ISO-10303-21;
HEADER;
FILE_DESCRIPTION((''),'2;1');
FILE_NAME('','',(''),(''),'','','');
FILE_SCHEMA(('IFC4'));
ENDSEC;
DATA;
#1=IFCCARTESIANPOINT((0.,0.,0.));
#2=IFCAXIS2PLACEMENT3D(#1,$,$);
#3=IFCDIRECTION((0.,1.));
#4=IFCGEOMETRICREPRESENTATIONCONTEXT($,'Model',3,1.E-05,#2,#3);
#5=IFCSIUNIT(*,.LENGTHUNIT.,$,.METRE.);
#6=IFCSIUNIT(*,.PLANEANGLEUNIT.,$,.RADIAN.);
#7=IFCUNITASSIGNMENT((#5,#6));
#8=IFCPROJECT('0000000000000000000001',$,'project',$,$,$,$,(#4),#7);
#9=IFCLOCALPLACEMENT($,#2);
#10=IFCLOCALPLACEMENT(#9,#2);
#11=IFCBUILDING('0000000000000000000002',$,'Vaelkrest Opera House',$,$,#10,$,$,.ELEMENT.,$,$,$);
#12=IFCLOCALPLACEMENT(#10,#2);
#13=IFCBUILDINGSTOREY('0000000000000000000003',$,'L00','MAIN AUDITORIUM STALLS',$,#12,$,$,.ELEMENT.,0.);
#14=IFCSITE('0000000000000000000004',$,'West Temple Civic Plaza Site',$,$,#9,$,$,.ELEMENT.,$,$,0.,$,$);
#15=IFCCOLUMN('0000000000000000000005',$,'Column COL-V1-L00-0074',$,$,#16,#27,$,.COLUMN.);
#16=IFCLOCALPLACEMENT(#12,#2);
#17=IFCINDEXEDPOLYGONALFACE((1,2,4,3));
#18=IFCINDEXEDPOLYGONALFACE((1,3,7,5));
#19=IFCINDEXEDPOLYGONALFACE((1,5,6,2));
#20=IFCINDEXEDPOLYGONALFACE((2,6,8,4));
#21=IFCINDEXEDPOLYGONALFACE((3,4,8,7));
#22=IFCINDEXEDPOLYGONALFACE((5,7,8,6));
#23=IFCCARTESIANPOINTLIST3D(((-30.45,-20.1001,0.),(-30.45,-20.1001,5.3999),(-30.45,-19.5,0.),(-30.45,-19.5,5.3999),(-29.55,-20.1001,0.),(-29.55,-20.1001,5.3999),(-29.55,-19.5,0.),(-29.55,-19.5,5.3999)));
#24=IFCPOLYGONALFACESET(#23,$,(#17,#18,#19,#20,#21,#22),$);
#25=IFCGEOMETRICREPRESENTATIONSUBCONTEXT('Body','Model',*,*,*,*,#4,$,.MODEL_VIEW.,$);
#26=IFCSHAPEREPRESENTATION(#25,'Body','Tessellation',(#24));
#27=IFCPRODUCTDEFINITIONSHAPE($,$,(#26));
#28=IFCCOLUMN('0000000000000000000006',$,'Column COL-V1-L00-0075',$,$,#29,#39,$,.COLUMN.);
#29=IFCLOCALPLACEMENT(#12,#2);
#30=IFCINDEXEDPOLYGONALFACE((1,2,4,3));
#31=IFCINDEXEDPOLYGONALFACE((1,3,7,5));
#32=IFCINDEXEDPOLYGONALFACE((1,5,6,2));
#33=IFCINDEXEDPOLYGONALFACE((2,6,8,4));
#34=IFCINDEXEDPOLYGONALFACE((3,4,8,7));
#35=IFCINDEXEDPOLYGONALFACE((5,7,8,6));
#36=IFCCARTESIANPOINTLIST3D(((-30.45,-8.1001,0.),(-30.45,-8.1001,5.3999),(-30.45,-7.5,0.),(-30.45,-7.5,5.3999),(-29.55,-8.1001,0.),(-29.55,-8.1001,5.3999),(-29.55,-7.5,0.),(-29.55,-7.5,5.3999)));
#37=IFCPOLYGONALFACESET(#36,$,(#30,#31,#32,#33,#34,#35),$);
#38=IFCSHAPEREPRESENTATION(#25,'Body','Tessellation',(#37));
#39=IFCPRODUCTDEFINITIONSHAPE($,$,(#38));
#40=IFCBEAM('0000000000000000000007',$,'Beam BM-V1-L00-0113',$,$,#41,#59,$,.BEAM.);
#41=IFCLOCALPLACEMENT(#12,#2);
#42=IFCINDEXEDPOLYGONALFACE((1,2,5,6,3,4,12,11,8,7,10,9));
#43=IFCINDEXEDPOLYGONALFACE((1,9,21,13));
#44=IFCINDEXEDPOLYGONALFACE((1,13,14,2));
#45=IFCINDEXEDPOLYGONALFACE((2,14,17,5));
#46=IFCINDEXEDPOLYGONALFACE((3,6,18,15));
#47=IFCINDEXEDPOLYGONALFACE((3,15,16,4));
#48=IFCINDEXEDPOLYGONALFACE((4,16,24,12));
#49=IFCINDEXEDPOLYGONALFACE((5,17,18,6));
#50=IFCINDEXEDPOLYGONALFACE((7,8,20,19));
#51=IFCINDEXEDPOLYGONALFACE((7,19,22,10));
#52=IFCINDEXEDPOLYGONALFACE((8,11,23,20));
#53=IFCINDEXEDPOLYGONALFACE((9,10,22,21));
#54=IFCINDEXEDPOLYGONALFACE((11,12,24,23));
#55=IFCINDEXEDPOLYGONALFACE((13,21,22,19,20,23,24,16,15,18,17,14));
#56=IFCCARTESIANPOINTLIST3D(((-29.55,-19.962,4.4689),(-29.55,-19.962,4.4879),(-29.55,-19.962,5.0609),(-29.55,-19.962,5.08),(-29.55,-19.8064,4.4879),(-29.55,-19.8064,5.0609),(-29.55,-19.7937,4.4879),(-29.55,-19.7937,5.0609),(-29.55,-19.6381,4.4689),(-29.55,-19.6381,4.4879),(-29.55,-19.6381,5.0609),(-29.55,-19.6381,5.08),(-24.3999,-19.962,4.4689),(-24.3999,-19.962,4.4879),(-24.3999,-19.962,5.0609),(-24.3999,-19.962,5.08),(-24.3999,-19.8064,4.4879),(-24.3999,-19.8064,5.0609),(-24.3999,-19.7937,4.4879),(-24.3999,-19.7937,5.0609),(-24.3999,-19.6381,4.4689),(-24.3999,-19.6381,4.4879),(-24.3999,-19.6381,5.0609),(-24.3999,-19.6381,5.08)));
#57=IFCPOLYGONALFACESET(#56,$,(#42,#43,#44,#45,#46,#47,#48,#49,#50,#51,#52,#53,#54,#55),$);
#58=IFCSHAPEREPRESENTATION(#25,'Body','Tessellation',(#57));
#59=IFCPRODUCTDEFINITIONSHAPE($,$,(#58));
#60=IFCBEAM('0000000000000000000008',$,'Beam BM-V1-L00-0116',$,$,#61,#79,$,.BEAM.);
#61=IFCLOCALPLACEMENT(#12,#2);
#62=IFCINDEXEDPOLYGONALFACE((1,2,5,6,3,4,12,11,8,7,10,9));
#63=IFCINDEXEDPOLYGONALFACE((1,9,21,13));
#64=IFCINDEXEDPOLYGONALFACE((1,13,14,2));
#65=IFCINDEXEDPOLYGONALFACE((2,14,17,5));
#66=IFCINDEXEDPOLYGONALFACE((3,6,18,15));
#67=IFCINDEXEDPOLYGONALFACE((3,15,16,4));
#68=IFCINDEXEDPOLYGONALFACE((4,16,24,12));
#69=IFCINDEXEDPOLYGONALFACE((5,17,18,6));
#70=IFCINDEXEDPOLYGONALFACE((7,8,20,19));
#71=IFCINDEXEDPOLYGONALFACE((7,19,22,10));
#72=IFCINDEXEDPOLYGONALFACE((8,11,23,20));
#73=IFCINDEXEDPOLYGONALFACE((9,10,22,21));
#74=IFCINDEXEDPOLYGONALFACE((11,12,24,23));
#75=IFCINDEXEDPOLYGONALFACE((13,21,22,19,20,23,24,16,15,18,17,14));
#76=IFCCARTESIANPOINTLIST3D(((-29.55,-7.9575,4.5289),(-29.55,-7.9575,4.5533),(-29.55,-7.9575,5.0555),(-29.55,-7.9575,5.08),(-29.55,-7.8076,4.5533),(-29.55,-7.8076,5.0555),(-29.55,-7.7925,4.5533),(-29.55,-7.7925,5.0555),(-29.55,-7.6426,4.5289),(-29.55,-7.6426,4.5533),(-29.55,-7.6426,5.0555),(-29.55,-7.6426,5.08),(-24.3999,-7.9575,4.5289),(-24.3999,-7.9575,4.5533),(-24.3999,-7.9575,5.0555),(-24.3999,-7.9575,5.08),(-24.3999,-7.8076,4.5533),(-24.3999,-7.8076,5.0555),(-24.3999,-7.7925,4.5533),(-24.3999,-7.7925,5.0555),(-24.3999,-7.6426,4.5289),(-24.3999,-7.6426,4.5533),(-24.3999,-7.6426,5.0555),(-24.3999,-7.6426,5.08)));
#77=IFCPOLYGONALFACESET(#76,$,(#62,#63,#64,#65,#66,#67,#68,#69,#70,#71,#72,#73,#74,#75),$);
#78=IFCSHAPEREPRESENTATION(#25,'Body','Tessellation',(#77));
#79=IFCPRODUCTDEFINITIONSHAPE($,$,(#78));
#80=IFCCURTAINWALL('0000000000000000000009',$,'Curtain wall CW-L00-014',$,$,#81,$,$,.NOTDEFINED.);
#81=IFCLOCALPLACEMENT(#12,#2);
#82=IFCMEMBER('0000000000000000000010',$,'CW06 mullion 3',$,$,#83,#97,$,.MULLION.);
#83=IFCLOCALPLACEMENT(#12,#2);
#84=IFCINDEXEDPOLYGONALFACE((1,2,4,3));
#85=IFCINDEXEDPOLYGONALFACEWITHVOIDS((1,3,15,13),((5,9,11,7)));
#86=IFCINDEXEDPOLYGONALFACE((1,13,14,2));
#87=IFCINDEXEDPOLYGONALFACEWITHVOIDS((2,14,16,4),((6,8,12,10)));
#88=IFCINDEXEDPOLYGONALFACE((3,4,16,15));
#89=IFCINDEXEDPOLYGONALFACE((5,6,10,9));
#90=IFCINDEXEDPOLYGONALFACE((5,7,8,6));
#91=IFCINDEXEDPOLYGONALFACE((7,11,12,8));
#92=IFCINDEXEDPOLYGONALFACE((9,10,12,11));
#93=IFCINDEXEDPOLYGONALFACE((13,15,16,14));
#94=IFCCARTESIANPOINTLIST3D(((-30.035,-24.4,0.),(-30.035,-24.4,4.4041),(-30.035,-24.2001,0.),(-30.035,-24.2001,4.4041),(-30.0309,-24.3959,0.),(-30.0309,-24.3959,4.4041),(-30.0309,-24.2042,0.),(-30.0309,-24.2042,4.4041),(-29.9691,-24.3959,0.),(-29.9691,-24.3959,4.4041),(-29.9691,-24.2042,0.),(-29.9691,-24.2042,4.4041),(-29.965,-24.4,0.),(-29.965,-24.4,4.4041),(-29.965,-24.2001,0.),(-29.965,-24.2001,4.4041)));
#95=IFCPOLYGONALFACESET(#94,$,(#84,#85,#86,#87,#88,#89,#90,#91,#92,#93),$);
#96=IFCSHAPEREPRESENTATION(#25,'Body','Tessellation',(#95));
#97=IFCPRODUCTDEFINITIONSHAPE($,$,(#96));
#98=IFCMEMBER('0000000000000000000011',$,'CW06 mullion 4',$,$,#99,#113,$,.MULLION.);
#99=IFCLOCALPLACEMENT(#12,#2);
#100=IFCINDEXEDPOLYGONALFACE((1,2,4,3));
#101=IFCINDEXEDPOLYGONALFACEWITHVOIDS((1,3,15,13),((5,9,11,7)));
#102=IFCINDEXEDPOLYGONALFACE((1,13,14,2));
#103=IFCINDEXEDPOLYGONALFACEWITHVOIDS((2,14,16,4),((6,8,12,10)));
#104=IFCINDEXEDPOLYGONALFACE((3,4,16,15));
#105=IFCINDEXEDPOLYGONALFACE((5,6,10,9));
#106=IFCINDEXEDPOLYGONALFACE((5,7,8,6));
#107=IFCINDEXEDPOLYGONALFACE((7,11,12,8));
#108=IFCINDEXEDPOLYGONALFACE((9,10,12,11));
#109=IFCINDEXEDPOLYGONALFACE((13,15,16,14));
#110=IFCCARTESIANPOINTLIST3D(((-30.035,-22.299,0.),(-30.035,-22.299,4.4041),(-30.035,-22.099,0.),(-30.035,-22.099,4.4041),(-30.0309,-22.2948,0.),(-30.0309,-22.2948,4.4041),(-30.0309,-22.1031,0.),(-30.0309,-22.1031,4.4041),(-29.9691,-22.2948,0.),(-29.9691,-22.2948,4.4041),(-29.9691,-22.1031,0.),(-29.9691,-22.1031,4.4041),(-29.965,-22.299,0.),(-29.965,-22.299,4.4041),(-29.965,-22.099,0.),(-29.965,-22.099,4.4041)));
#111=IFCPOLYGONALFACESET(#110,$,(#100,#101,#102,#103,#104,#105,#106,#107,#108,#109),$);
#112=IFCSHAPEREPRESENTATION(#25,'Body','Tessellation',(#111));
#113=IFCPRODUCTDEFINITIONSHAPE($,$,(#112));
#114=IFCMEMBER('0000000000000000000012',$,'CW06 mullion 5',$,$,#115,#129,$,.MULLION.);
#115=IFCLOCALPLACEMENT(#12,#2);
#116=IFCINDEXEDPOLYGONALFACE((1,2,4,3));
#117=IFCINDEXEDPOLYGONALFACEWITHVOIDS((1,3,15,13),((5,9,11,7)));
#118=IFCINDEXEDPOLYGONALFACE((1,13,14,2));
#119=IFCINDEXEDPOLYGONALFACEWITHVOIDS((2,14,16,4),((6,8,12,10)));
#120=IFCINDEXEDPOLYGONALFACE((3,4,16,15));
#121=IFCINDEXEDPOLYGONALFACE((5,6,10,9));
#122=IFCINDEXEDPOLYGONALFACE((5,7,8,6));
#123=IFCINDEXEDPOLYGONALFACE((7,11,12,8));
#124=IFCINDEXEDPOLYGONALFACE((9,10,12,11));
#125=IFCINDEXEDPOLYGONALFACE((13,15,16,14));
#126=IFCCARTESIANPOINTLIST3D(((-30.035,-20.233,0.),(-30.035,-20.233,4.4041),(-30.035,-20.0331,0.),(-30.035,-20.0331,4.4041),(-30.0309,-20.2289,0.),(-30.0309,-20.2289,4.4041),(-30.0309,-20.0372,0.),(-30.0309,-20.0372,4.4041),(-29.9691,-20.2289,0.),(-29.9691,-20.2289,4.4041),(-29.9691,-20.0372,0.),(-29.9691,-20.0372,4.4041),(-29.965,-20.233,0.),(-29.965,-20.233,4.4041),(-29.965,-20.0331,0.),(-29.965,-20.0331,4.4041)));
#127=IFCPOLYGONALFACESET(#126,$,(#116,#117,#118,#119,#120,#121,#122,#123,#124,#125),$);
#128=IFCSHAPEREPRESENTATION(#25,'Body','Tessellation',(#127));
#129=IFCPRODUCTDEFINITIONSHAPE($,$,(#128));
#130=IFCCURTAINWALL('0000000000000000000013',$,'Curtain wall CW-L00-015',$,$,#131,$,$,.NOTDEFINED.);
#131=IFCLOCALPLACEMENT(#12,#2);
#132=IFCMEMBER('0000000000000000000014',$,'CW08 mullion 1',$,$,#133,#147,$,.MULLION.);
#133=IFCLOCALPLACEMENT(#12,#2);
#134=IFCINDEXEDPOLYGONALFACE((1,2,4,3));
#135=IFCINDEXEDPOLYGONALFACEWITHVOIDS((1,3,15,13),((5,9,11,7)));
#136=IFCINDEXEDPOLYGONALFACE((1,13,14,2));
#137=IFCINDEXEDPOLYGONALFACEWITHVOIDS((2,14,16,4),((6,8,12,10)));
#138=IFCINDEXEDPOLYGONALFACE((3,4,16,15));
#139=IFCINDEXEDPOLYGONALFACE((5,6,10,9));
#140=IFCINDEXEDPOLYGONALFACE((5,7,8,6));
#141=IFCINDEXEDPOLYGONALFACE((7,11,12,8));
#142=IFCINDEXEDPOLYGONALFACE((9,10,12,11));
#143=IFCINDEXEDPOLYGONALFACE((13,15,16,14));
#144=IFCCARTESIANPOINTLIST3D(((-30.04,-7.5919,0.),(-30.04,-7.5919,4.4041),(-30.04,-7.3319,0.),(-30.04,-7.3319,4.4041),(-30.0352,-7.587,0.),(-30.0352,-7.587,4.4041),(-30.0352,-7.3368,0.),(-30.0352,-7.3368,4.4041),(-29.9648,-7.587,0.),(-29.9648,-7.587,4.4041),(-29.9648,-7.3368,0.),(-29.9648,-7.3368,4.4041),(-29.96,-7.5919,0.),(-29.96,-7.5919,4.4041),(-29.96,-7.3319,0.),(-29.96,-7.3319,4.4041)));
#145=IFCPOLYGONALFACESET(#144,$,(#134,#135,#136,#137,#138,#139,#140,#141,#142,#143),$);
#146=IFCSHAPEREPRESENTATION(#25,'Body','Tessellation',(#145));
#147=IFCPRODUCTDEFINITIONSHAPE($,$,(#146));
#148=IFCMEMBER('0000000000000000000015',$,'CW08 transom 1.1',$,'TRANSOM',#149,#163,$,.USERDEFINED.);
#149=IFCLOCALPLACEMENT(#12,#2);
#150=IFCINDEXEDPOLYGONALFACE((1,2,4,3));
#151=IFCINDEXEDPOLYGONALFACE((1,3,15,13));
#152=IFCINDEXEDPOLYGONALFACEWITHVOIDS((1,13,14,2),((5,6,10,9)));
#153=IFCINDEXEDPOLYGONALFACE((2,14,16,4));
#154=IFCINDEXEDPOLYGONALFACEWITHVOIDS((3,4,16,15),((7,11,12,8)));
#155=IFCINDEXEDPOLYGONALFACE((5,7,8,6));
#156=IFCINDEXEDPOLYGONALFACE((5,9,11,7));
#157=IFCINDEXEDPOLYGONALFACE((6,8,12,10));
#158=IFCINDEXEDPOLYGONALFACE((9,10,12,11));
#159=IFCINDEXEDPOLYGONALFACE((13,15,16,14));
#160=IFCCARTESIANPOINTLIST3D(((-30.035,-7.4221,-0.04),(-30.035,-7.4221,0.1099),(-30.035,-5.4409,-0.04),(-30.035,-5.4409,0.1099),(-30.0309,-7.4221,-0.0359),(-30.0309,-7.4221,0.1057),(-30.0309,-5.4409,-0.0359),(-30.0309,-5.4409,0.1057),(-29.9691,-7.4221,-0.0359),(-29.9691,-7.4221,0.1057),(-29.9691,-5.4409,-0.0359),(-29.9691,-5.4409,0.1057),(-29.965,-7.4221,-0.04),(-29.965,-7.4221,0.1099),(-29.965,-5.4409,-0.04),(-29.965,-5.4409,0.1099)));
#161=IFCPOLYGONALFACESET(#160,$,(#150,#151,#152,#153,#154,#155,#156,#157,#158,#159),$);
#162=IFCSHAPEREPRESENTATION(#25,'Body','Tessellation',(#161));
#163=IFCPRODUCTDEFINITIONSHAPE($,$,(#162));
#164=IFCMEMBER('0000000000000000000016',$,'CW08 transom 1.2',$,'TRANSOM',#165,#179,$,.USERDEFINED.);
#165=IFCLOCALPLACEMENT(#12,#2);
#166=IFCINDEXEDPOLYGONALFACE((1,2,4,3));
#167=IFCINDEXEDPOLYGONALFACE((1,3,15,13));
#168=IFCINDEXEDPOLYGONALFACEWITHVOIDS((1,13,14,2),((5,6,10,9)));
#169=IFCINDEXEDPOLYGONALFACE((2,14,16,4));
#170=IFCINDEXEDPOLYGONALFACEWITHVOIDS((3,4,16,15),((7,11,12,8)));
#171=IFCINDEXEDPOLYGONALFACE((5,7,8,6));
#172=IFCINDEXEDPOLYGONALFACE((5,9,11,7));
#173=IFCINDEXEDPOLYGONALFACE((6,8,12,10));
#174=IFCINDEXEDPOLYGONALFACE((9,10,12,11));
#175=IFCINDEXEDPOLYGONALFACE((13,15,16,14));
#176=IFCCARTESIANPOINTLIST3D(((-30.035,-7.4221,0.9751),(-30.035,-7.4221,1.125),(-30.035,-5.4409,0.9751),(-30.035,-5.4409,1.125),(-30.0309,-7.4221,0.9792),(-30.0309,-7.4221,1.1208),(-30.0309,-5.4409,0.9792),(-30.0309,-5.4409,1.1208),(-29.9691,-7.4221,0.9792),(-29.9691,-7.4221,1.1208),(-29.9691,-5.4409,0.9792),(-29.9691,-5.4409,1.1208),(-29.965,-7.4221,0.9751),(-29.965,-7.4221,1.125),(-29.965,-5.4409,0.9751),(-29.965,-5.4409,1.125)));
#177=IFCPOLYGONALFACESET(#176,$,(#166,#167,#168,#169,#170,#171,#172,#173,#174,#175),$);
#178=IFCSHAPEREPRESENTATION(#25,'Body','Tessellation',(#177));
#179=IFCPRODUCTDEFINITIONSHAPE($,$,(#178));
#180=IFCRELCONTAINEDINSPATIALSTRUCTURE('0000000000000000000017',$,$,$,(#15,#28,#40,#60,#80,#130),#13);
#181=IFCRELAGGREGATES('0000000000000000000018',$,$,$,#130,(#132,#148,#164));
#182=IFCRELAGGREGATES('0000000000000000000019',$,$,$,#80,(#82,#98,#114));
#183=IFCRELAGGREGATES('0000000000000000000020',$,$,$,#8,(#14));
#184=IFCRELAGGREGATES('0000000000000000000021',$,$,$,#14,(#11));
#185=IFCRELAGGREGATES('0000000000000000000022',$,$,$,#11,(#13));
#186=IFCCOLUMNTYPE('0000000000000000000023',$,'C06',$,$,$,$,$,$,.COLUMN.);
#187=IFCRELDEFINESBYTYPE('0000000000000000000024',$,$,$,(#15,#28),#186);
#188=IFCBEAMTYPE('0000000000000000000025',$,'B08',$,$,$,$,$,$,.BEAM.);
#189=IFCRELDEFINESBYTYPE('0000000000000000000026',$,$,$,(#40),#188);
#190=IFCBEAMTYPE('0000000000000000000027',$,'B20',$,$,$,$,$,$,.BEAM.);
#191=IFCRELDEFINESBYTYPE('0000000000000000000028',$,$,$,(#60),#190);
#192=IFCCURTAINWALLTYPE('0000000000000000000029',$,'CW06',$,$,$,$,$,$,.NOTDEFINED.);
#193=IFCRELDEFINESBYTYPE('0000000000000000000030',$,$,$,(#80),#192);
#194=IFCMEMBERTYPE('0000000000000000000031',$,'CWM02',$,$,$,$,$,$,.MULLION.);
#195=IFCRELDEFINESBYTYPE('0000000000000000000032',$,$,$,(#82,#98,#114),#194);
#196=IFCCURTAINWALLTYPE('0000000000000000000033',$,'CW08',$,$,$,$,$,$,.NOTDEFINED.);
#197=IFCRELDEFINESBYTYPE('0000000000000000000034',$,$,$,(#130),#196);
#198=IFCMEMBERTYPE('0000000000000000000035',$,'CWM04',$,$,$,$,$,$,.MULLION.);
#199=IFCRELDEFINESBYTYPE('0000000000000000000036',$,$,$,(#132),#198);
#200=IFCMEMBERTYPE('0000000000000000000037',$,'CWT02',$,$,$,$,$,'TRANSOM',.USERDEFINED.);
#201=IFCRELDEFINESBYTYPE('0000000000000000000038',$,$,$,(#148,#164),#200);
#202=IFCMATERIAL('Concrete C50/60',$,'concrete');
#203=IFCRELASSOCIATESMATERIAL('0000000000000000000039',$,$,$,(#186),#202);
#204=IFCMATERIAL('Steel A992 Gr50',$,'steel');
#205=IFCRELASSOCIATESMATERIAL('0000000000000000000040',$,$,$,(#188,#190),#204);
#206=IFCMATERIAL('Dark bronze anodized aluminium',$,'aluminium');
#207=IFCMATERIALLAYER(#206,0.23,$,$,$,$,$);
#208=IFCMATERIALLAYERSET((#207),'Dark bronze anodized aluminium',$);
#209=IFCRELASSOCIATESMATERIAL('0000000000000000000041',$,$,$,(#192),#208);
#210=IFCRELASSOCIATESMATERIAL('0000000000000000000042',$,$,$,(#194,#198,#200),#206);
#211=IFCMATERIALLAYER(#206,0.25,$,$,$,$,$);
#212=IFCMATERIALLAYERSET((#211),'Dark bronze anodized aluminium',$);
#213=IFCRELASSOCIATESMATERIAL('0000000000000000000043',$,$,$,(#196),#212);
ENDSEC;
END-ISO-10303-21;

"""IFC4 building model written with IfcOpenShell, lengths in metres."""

from ifc_helpers import new_model, si_unit, direction, frame, origin, origin_2d, place, context, subcontext, project, spatial, rectangle, hollow_rectangle, i_section, extrude, material, layer, layer_set, material_profile, profile_set, type_object, element, aggregate, save


model = new_model("IFC4")

# Units and contexts
model_context = context("Model", 3, precision=1e-05, world=origin(), true_north=direction((0.0, 1.0)))
body_context = subcontext(model_context, "Body", "Model", "MODEL_VIEW")
ifc_project = project(units=[si_unit("LENGTHUNIT", "METRE"), si_unit("PLANEANGLEUNIT", "RADIAN")], contexts=[model_context])

# Site, building, storey
site_placement = place(None, origin())
site = spatial("IfcSite", under=ifc_project, at=site_placement, Name="West Temple Civic Plaza Site", CompositionType="ELEMENT", RefElevation=0.0)
building_placement = place(site_placement, origin())
building = spatial("IfcBuilding", under=site, at=building_placement, Name="Vaelkrest Opera House", CompositionType="ELEMENT")
storey_placement = place(building_placement, origin())
storey = spatial("IfcBuildingStorey", under=building, at=storey_placement, Name="L00", Description="MAIN AUDITORIUM STALLS", CompositionType="ELEMENT", Elevation=0.0)

# Columns
ifc_material_1 = material(Name="Concrete C50/60", Category="concrete")
ifc_material_profile_1 = material_profile(ifc_material_1, rectangle(XDim=0.6001, YDim=0.8999, at=origin_2d()), Name="RC600X900")
ifc_profile_set_1 = profile_set([ifc_material_profile_1], Name="Concrete C50/60")
column_type = type_object("IfcColumnType", Name="C06", PredefinedType="COLUMN", material=ifc_profile_set_1)
for number, where, z_axis, x_axis, name in (
    (1, (-30.0, -19.8, 0.0), (0.0, 0.0, 1.0), (0.0, 1.0, 0.0), "Column COL-V1-L00-0074"),
    (2, (-30.0, -7.8, 0.0), (0.0, 0.0, 1.0), (0.0, 1.0, 0.0), "Column COL-V1-L00-0075"),
):
    element("IfcColumn", number, at=place(storey_placement, frame(where, z_axis=z_axis, x_axis=x_axis)), inside=storey, type_object=column_type, Name=name, PredefinedType="COLUMN", context=body_context, shape_type="SweptSolid", body=[
        extrude(rectangle(XDim=0.6001, YDim=0.8999, at=origin_2d()), origin(), (0.0, 0.0, 1.0), 5.3999),
    ])

# Beams
ifc_material_2 = material(Name="Steel A992 Gr50", Category="steel")
ifc_material_profile_2 = material_profile(ifc_material_2, i_section(OverallWidth=0.324, OverallDepth=0.6111, WebThickness=0.0127, FlangeThickness=0.019, at=origin_2d()), Name="W24X104")
ifc_profile_set_2 = profile_set([ifc_material_profile_2], Name="Steel A992 Gr50")
beam_type_1 = type_object("IfcBeamType", Name="B08", PredefinedType="BEAM", material=ifc_profile_set_2)
beam_1_placement = place(storey_placement, frame((-29.55, -19.8, 4.7744), z_axis=(1.0, 0.0, 0.0), x_axis=(0.0, 1.0, 0.0)))
element("IfcBeam", 3, at=beam_1_placement, inside=storey, type_object=beam_type_1, Name="Beam BM-V1-L00-0113", PredefinedType="BEAM", context=body_context, shape_type="SweptSolid", body=[
    extrude(i_section(OverallWidth=0.324, OverallDepth=0.6111, WebThickness=0.0127, FlangeThickness=0.019, at=origin_2d()), origin(), (0.0, 0.0, 1.0), 5.1501),
])
ifc_material_profile_3 = material_profile(ifc_material_2, i_section(OverallWidth=0.3149, OverallDepth=0.551, WebThickness=0.0151, FlangeThickness=0.0244, at=origin_2d()), Name="W21X122")
ifc_profile_set_3 = profile_set([ifc_material_profile_3], Name="Steel A992 Gr50")
beam_type_2 = type_object("IfcBeamType", Name="B20", PredefinedType="BEAM", material=ifc_profile_set_3)
beam_2_placement = place(storey_placement, frame((-29.55, -7.8, 4.8044), z_axis=(1.0, 0.0, 0.0), x_axis=(0.0, 1.0, 0.0)))
element("IfcBeam", 4, at=beam_2_placement, inside=storey, type_object=beam_type_2, Name="Beam BM-V1-L00-0116", PredefinedType="BEAM", context=body_context, shape_type="SweptSolid", body=[
    extrude(i_section(OverallWidth=0.3149, OverallDepth=0.551, WebThickness=0.0151, FlangeThickness=0.0244, at=origin_2d()), origin(), (0.0, 0.0, 1.0), 5.1501),
])

# Curtain walls, members
ifc_material_3 = material(Name="Dark bronze anodized aluminium", Category="aluminium")
ifc_layer_1 = layer(ifc_material_3, 0.23)
ifc_layer_set_1 = layer_set([ifc_layer_1], Name="Dark bronze anodized aluminium")
curtain_wall_type_1 = type_object("IfcCurtainWallType", Name="CW06", PredefinedType="NOTDEFINED", material=ifc_layer_set_1)
curtain_wall_1_placement = place(storey_placement, origin())
curtain_wall_1 = element("IfcCurtainWall", 5, at=curtain_wall_1_placement, inside=storey, type_object=curtain_wall_type_1, Name="Curtain wall CW-L00-014", PredefinedType="NOTDEFINED")
ifc_material_profile_4 = material_profile(ifc_material_3, hollow_rectangle(XDim=0.0701, YDim=0.2, WallThickness=0.0042, at=origin_2d()), Name="CWM70X200")
ifc_profile_set_4 = profile_set([ifc_material_profile_4], Name="Dark bronze anodized aluminium")
member_type_1 = type_object("IfcMemberType", Name="CWM02", PredefinedType="MULLION", material=ifc_profile_set_4)
member_1_placement = place(storey_placement, frame((-30.0, -24.3, 0.0), z_axis=(0.0, 0.0, 1.0), x_axis=(-1.0, 0.0, 0.0)))
member_1 = element("IfcMember", 6, at=member_1_placement, type_object=member_type_1, Name="CW06 mullion 3", PredefinedType="MULLION", context=body_context, shape_type="SweptSolid", body=[
    extrude(hollow_rectangle(XDim=0.0701, YDim=0.2, WallThickness=0.0042, at=origin_2d()), origin(), (0.0, 0.0, 1.0), 4.4041),
])
member_2_placement = place(storey_placement, frame((-30.0, -22.199, 0.0), z_axis=(0.0, 0.0, 1.0), x_axis=(-1.0, 0.0, 0.0)))
member_2 = element("IfcMember", 7, at=member_2_placement, type_object=member_type_1, Name="CW06 mullion 4", PredefinedType="MULLION", context=body_context, shape_type="SweptSolid", body=[
    extrude(hollow_rectangle(XDim=0.0701, YDim=0.2, WallThickness=0.0042, at=origin_2d()), origin(), (0.0, 0.0, 1.0), 4.4041),
])
member_3_placement = place(storey_placement, frame((-30.0, -20.1331, 0.0), z_axis=(0.0, 0.0, 1.0), x_axis=(-1.0, 0.0, 0.0)))
member_3 = element("IfcMember", 8, at=member_3_placement, type_object=member_type_1, Name="CW06 mullion 5", PredefinedType="MULLION", context=body_context, shape_type="SweptSolid", body=[
    extrude(hollow_rectangle(XDim=0.0701, YDim=0.2, WallThickness=0.0042, at=origin_2d()), origin(), (0.0, 0.0, 1.0), 4.4041),
])
ifc_layer_2 = layer(ifc_material_3, 0.25)
ifc_layer_set_2 = layer_set([ifc_layer_2], Name="Dark bronze anodized aluminium")
curtain_wall_type_2 = type_object("IfcCurtainWallType", Name="CW08", PredefinedType="NOTDEFINED", material=ifc_layer_set_2)
curtain_wall_2_placement = place(storey_placement, origin())
curtain_wall_2 = element("IfcCurtainWall", 9, at=curtain_wall_2_placement, inside=storey, type_object=curtain_wall_type_2, Name="Curtain wall CW-L00-015", PredefinedType="NOTDEFINED")
ifc_material_profile_5 = material_profile(ifc_material_3, hollow_rectangle(XDim=0.0801, YDim=0.26, WallThickness=0.0049, at=origin_2d()), Name="CWM80X260")
ifc_profile_set_5 = profile_set([ifc_material_profile_5], Name="Dark bronze anodized aluminium")
member_type_2 = type_object("IfcMemberType", Name="CWM04", PredefinedType="MULLION", material=ifc_profile_set_5)
member_4_placement = place(storey_placement, frame((-30.0, -7.4619, 0.0), z_axis=(0.0, 0.0, 1.0), x_axis=(-1.0, 0.0, 0.0)))
member_4 = element("IfcMember", 10, at=member_4_placement, type_object=member_type_2, Name="CW08 mullion 1", PredefinedType="MULLION", context=body_context, shape_type="SweptSolid", body=[
    extrude(hollow_rectangle(XDim=0.0801, YDim=0.26, WallThickness=0.0049, at=origin_2d()), origin(), (0.0, 0.0, 1.0), 4.4041),
])
ifc_material_profile_6 = material_profile(ifc_material_3, hollow_rectangle(XDim=0.0701, YDim=0.1499, WallThickness=0.0042, at=origin_2d()), Name="CWT70X150")
ifc_profile_set_6 = profile_set([ifc_material_profile_6], Name="Dark bronze anodized aluminium")
member_type_3 = type_object("IfcMemberType", Name="CWT02", ElementType="TRANSOM", PredefinedType="USERDEFINED", material=ifc_profile_set_6)
member_5_placement = place(storey_placement, frame((-30.0, -7.4221, 0.0349), z_axis=(0.0, 1.0, 0.0), x_axis=(-1.0, 0.0, 0.0)))
member_5 = element("IfcMember", 11, at=member_5_placement, type_object=member_type_3, Name="CW08 transom 1.1", ObjectType="TRANSOM", PredefinedType="USERDEFINED", context=body_context, shape_type="SweptSolid", body=[
    extrude(hollow_rectangle(XDim=0.0701, YDim=0.1499, WallThickness=0.0042, at=origin_2d()), origin(), (0.0, 0.0, 1.0), 1.9812),
])
member_6_placement = place(storey_placement, frame((-30.0, -7.4221, 1.05), z_axis=(0.0, 1.0, 0.0), x_axis=(-1.0, 0.0, 0.0)))
member_6 = element("IfcMember", 12, at=member_6_placement, type_object=member_type_3, Name="CW08 transom 1.2", ObjectType="TRANSOM", PredefinedType="USERDEFINED", context=body_context, shape_type="SweptSolid", body=[
    extrude(hollow_rectangle(XDim=0.0701, YDim=0.1499, WallThickness=0.0042, at=origin_2d()), origin(), (0.0, 0.0, 1.0), 1.9812),
])
aggregate(curtain_wall_2, [member_4, member_5, member_6])

aggregate(curtain_wall_1, [member_1, member_2, member_3])

save(model, "model.ifc")
